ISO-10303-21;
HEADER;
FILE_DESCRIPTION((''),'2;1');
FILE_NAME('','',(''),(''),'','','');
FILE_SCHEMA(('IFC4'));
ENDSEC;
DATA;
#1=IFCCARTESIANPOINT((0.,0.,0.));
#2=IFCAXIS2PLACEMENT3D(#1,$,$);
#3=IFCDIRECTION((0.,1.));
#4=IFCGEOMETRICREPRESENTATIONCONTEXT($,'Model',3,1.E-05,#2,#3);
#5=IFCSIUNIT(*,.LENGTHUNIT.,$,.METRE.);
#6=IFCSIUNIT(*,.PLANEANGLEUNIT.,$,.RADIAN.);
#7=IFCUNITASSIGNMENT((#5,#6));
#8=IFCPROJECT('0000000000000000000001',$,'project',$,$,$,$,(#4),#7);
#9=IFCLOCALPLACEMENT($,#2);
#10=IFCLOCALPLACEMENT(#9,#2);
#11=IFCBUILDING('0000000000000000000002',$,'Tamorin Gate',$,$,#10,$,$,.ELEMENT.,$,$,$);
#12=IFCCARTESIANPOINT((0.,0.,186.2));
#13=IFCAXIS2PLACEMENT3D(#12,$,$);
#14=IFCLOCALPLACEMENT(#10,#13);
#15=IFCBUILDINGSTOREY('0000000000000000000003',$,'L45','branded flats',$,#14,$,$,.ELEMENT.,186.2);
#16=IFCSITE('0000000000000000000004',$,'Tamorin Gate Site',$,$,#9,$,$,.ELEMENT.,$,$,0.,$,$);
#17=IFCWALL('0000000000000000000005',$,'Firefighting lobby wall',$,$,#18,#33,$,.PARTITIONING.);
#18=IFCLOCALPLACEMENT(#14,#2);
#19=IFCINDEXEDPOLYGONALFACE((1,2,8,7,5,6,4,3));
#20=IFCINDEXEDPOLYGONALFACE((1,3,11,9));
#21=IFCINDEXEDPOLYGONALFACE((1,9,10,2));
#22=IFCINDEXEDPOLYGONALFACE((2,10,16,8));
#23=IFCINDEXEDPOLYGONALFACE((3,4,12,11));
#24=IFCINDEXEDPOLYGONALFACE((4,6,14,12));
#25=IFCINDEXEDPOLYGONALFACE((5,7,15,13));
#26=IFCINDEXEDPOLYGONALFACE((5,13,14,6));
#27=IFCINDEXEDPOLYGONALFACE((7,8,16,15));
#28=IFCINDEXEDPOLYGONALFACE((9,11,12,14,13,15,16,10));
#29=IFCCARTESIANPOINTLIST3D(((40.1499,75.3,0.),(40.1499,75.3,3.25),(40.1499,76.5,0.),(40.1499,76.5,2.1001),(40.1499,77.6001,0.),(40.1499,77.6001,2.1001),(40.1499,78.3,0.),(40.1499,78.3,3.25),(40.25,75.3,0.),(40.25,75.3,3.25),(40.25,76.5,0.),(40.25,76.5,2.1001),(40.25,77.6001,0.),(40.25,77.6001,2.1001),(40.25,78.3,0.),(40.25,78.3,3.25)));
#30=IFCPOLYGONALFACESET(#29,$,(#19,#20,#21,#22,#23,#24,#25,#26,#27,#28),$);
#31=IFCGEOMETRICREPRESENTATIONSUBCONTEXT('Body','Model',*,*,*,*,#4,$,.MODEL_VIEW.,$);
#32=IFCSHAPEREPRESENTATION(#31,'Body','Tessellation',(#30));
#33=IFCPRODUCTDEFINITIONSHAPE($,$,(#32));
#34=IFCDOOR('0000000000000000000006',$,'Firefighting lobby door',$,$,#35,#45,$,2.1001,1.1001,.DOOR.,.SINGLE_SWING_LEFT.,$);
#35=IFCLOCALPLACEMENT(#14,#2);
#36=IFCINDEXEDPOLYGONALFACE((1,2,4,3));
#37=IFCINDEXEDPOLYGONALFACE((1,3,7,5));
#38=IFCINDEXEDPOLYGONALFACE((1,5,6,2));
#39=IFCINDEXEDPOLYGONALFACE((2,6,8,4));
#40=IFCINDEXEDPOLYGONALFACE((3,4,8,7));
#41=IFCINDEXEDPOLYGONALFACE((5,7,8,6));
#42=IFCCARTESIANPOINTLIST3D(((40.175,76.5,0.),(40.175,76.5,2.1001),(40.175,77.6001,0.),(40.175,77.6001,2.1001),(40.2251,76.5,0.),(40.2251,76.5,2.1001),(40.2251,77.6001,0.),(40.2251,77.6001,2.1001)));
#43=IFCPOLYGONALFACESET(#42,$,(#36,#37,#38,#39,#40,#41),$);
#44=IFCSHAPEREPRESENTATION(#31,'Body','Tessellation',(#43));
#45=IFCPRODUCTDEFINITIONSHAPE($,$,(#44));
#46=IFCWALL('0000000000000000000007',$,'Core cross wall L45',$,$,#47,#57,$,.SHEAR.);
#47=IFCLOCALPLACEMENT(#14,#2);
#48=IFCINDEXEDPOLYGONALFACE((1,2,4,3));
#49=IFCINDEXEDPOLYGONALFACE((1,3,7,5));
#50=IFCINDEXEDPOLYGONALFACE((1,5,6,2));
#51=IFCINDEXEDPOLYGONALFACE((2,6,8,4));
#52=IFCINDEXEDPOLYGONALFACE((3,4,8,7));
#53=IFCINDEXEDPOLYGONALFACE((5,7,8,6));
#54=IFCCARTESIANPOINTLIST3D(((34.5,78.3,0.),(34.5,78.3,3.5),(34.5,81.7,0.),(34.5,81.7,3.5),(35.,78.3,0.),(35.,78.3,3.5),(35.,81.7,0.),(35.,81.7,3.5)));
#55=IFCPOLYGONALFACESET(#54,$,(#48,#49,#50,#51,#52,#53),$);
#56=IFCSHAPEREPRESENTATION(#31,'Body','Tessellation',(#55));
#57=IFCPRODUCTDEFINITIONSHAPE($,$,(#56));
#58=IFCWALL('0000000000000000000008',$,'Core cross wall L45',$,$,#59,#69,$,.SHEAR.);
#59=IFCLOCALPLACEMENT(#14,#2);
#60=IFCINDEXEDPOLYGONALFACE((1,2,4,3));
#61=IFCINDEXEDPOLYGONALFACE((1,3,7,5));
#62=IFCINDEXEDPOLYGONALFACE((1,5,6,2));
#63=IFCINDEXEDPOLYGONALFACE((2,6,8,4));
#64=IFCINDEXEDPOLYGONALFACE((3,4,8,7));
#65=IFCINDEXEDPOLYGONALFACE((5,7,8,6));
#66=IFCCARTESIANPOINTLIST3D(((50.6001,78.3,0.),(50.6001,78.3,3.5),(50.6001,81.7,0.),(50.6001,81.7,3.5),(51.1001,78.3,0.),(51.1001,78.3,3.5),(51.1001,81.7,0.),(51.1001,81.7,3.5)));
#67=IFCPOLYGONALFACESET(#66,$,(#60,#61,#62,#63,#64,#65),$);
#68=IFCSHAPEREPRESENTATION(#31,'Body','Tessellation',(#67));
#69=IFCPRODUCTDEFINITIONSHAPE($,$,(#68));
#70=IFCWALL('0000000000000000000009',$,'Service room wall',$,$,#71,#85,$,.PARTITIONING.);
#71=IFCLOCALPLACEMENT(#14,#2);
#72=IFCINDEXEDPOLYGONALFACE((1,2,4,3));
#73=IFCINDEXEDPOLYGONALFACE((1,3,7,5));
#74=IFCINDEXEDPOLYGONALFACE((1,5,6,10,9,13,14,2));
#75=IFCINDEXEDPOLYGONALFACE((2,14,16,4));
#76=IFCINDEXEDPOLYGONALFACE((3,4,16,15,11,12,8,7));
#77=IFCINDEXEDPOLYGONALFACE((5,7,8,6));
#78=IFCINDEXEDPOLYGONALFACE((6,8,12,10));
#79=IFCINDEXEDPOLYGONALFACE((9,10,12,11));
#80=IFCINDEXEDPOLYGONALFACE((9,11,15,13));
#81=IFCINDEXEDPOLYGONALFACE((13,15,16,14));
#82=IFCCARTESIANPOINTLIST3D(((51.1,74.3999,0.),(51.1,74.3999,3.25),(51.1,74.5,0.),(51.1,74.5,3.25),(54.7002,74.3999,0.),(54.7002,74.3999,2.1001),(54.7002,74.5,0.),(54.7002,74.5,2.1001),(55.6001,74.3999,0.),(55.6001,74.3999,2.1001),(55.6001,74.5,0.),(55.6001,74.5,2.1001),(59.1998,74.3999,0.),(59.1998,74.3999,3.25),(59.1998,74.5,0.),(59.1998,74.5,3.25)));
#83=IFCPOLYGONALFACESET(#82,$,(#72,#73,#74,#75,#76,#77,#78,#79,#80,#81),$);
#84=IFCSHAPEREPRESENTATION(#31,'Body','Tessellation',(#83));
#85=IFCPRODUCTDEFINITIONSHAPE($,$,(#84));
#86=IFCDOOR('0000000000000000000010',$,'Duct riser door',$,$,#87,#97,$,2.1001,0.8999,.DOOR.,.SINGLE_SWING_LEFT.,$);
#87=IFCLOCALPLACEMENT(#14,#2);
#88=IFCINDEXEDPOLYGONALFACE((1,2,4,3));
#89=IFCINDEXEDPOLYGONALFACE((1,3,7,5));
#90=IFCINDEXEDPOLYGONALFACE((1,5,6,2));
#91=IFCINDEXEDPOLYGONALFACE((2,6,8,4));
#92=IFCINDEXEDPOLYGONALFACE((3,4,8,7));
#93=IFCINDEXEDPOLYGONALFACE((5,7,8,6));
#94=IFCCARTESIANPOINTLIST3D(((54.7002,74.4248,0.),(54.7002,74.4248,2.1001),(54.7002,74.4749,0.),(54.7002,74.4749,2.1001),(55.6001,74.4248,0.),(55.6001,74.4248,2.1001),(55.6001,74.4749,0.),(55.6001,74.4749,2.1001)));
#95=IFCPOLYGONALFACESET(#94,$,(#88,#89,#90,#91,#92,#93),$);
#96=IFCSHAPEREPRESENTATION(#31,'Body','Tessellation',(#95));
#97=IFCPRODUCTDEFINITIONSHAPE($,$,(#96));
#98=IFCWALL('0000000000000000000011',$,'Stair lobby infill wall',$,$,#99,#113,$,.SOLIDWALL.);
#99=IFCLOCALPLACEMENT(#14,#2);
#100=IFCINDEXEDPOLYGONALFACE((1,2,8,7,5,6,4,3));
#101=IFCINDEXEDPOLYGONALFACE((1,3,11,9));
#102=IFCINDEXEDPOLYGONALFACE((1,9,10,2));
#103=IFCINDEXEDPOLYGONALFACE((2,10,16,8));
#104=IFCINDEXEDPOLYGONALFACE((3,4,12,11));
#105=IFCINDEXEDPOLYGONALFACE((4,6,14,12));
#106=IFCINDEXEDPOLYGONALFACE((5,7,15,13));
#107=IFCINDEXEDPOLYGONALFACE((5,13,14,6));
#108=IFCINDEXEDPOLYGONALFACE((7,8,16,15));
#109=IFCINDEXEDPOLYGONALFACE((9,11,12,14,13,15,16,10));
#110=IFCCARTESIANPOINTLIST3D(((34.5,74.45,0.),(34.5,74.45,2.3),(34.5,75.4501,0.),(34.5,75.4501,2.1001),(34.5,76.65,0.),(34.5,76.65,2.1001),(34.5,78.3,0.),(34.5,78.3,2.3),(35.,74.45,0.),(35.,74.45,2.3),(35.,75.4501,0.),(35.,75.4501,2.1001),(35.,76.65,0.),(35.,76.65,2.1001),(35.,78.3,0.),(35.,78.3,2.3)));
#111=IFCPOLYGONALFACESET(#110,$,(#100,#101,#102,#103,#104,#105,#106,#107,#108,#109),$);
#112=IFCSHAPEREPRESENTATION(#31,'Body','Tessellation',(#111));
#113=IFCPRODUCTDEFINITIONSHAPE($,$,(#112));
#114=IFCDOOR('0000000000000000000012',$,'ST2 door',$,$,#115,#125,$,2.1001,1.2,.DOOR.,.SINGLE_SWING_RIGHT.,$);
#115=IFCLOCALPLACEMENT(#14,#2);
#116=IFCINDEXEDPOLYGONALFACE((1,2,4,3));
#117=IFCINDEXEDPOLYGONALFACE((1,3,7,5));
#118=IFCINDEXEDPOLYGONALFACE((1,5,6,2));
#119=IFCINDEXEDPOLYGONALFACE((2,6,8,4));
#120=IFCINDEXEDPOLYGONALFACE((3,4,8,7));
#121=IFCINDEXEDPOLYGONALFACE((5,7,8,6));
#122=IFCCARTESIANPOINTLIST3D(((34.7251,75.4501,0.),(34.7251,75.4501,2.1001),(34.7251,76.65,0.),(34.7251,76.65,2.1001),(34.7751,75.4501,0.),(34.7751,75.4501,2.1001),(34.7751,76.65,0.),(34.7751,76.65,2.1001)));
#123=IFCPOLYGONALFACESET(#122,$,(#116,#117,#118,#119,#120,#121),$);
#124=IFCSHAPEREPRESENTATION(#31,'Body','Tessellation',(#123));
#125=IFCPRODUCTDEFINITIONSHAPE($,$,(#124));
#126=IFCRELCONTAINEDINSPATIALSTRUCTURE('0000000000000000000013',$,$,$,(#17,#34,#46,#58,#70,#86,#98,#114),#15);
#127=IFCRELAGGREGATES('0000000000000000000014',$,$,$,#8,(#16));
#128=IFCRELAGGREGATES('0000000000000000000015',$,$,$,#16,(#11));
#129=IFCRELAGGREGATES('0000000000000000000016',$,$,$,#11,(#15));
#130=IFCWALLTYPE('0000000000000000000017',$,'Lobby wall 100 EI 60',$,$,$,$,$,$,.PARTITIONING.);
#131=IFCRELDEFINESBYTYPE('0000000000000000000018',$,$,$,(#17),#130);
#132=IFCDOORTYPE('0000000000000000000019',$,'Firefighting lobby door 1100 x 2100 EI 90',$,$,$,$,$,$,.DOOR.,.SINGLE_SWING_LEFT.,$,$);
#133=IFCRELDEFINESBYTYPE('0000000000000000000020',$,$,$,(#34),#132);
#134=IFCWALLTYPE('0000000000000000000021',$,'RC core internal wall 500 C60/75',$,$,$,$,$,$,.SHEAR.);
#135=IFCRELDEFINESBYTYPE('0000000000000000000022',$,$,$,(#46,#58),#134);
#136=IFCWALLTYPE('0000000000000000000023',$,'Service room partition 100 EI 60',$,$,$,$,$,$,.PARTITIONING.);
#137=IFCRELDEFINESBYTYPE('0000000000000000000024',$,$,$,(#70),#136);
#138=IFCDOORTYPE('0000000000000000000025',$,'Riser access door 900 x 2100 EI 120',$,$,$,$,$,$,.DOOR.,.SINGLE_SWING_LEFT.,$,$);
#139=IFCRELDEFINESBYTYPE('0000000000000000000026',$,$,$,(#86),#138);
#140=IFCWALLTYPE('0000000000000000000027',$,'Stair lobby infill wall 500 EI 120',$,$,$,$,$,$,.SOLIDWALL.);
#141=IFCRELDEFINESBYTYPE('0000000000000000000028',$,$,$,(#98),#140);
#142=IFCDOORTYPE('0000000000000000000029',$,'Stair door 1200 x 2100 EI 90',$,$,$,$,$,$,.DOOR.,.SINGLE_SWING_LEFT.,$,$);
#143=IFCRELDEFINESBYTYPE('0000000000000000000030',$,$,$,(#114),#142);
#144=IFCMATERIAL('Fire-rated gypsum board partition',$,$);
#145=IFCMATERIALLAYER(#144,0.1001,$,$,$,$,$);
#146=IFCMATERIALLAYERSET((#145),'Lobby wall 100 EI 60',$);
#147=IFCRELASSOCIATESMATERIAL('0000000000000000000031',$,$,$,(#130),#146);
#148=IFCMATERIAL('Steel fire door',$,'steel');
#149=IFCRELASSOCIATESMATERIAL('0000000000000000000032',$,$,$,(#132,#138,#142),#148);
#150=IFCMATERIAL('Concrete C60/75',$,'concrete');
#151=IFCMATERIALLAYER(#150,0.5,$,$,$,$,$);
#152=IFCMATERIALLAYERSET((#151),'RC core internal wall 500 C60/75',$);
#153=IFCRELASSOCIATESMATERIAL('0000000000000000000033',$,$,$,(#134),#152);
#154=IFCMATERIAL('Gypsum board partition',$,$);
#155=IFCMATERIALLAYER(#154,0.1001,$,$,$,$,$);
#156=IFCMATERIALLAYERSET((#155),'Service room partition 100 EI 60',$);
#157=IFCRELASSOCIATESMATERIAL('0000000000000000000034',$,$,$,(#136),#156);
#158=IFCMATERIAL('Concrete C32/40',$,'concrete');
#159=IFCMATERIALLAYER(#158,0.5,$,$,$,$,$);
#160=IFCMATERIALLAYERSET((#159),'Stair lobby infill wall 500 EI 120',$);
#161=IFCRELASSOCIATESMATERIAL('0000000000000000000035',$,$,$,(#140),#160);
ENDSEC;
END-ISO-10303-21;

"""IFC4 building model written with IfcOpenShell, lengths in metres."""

from ifc_helpers import new_model, si_unit, direction, frame, frame_2d, origin, place, context, subcontext, project, spatial, rectangle, extrude, material, layer, layer_set, type_object, element, fill, save


model = new_model("IFC4")

# Units and contexts
model_context = context("Model", 3, precision=1e-05, world=origin(), true_north=direction((0.0, 1.0)))
body_context = subcontext(model_context, "Body", "Model", "MODEL_VIEW")
ifc_project = project(units=[si_unit("LENGTHUNIT", "METRE"), si_unit("PLANEANGLEUNIT", "RADIAN")], contexts=[model_context])

# Site, building, storey
site_placement = place(None, origin())
site = spatial("IfcSite", under=ifc_project, at=site_placement, Name="Tamorin Gate Site", CompositionType="ELEMENT", RefElevation=0.0)
building_placement = place(site_placement, origin())
building = spatial("IfcBuilding", under=site, at=building_placement, Name="Tamorin Gate", CompositionType="ELEMENT")
storey_placement = place(building_placement, frame((0.0, 0.0, 186.2)))
storey = spatial("IfcBuildingStorey", under=building, at=storey_placement, Name="L45", Description="branded flats", CompositionType="ELEMENT", Elevation=186.2)

# Shared definitions
ifc_material_1 = material(Name="Concrete C60/75", Category="concrete")

# Shared definitions
ifc_material_2 = material(Name="Concrete C32/40", Category="concrete")

# Shared definitions
ifc_material_3 = material(Name="Fire-rated gypsum board partition")
ifc_layer_1 = layer(ifc_material_3, 0.1001)
ifc_layer_set_1 = layer_set([ifc_layer_1], Name="Lobby wall 100 EI 60")
wall_type_1 = type_object("IfcWallType", Name="Lobby wall 100 EI 60", PredefinedType="PARTITIONING", material=ifc_layer_set_1)

# Wall, opening, door
wall_1_placement = place(storey_placement, frame((40.2, 75.3, 0.0), z_axis=(0.0, 0.0, 1.0), x_axis=(0.0, 1.0, 0.0)))
wall_1 = element("IfcWall", 1, at=wall_1_placement, inside=storey, type_object=wall_type_1, Name="Firefighting lobby wall", PredefinedType="PARTITIONING", context=body_context, shape_type="SweptSolid", body=[
    extrude(rectangle(XDim=3.0, YDim=0.1001, at=frame_2d((1.5, 0.0))), origin(), (0.0, 0.0, 1.0), 3.25),
])
opening_1_placement = place(wall_1_placement, frame((1.2, 0.0, 0.0)))
opening_1 = element("IfcOpeningElement", 2, at=opening_1_placement, cuts=wall_1, PredefinedType="OPENING", context=body_context, shape_type="SweptSolid", body=[
    extrude(rectangle(XDim=1.1001, YDim=2.1001, at=frame_2d((0.55, 1.05))), frame((0.0, 0.0601, 0.0), z_axis=(0.0, -1.0, 0.0), x_axis=(1.0, 0.0, 0.0)), (0.0, 0.0, 1.0), 0.1201),
])
ifc_material_4 = material(Name="Steel fire door", Category="steel")
door_type_1 = type_object("IfcDoorType", Name="Firefighting lobby door 1100 x 2100 EI 90", OperationType="SINGLE_SWING_LEFT", PredefinedType="DOOR", material=ifc_material_4)
door_1_placement = place(opening_1_placement, origin())
door_1 = element("IfcDoor", 3, at=door_1_placement, inside=storey, type_object=door_type_1, Name="Firefighting lobby door", OperationType="SINGLE_SWING_LEFT", OverallHeight=2.1001, OverallWidth=1.1001, PredefinedType="DOOR", context=body_context, shape_type="SweptSolid", body=[
    extrude(rectangle(XDim=1.1001, YDim=2.1001, at=frame_2d((0.55, 1.05))), frame((0.0, 0.0249, 0.0), z_axis=(0.0, -1.0, 0.0), x_axis=(1.0, 0.0, 0.0)), (0.0, 0.0, 1.0), 0.05),
])
fill(opening_1, door_1)

# Walls
ifc_layer_2 = layer(ifc_material_1, 0.5)
ifc_layer_set_2 = layer_set([ifc_layer_2], Name="RC core internal wall 500 C60/75")
wall_type_2 = type_object("IfcWallType", Name="RC core internal wall 500 C60/75", PredefinedType="SHEAR", material=ifc_layer_set_2)
for number, where, z_axis, x_axis, name in (
    (4, (34.75, 78.3, 0.0), (0.0, 0.0, 1.0), (0.0, 1.0, 0.0), "Core cross wall L45"),
    (5, (50.8501, 78.3, 0.0), (0.0, 0.0, 1.0), (0.0, 1.0, 0.0), "Core cross wall L45"),
):
    element("IfcWall", number, at=place(storey_placement, frame(where, z_axis=z_axis, x_axis=x_axis)), inside=storey, type_object=wall_type_2, Name=name, PredefinedType="SHEAR", context=body_context, shape_type="SweptSolid", body=[
        extrude(rectangle(XDim=3.3999, YDim=0.5, at=frame_2d((1.7, 0.0))), origin(), (0.0, 0.0, 1.0), 3.5),
    ])

# Walls, openings, doors
ifc_material_5 = material(Name="Gypsum board partition")
ifc_layer_3 = layer(ifc_material_5, 0.1001)
ifc_layer_set_3 = layer_set([ifc_layer_3], Name="Service room partition 100 EI 60")
wall_type_3 = type_object("IfcWallType", Name="Service room partition 100 EI 60", PredefinedType="PARTITIONING", material=ifc_layer_set_3)
wall_2_placement = place(storey_placement, frame((51.1001, 74.45, 0.0), z_axis=(0.0, 0.0, 1.0), x_axis=(1.0, 0.0, 0.0)))
wall_2 = element("IfcWall", 6, at=wall_2_placement, inside=storey, type_object=wall_type_3, Name="Service room wall", PredefinedType="PARTITIONING", context=body_context, shape_type="SweptSolid", body=[
    extrude(rectangle(XDim=8.0999, YDim=0.1001, at=frame_2d((4.0498, 0.0))), origin(), (0.0, 0.0, 1.0), 3.25),
])
opening_2_placement = place(wall_2_placement, frame((3.6001, 0.0, 0.0)))
opening_2 = element("IfcOpeningElement", 7, at=opening_2_placement, cuts=wall_2, PredefinedType="OPENING", context=body_context, shape_type="SweptSolid", body=[
    extrude(rectangle(XDim=0.8999, YDim=2.1001, at=frame_2d((0.45, 1.05))), frame((0.0, 0.0601, 0.0), z_axis=(0.0, -1.0, 0.0), x_axis=(1.0, 0.0, 0.0)), (0.0, 0.0, 1.0), 0.1201),
])
door_type_2 = type_object("IfcDoorType", Name="Riser access door 900 x 2100 EI 120", OperationType="SINGLE_SWING_LEFT", PredefinedType="DOOR", material=ifc_material_4)
door_2_placement = place(opening_2_placement, origin())
door_2 = element("IfcDoor", 8, at=door_2_placement, inside=storey, type_object=door_type_2, Name="Duct riser door", OperationType="SINGLE_SWING_LEFT", OverallHeight=2.1001, OverallWidth=0.8999, PredefinedType="DOOR", context=body_context, shape_type="SweptSolid", body=[
    extrude(rectangle(XDim=0.8999, YDim=2.1001, at=frame_2d((0.45, 1.05))), frame((0.0, 0.0249, 0.0), z_axis=(0.0, -1.0, 0.0), x_axis=(1.0, 0.0, 0.0)), (0.0, 0.0, 1.0), 0.05),
])
fill(opening_2, door_2)
ifc_layer_4 = layer(ifc_material_2, 0.5)
ifc_layer_set_4 = layer_set([ifc_layer_4], Name="Stair lobby infill wall 500 EI 120")
wall_type_4 = type_object("IfcWallType", Name="Stair lobby infill wall 500 EI 120", PredefinedType="SOLIDWALL", material=ifc_layer_set_4)
wall_3_placement = place(storey_placement, frame((34.75, 74.45, 0.0), z_axis=(0.0, 0.0, 1.0), x_axis=(0.0, 1.0, 0.0)))
wall_3 = element("IfcWall", 9, at=wall_3_placement, inside=storey, type_object=wall_type_4, Name="Stair lobby infill wall", PredefinedType="SOLIDWALL", context=body_context, shape_type="SweptSolid", body=[
    extrude(rectangle(XDim=3.8501, YDim=0.5, at=frame_2d((1.925, 0.0))), origin(), (0.0, 0.0, 1.0), 2.3),
])
opening_3_placement = place(wall_3_placement, frame((1.0, 0.0, 0.0)))
opening_3 = element("IfcOpeningElement", 10, at=opening_3_placement, cuts=wall_3, PredefinedType="OPENING", context=body_context, shape_type="SweptSolid", body=[
    extrude(rectangle(XDim=1.2, YDim=2.1001, at=frame_2d((0.6001, 1.05))), frame((0.0, 0.26, 0.0), z_axis=(0.0, -1.0, 0.0), x_axis=(1.0, 0.0, 0.0)), (0.0, 0.0, 1.0), 0.52),
])
door_type_3 = type_object("IfcDoorType", Name="Stair door 1200 x 2100 EI 90", OperationType="SINGLE_SWING_LEFT", PredefinedType="DOOR", material=ifc_material_4)
door_3_placement = place(opening_3_placement, origin())
door_3 = element("IfcDoor", 11, at=door_3_placement, inside=storey, type_object=door_type_3, Name="ST2 door", OperationType="SINGLE_SWING_RIGHT", OverallHeight=2.1001, OverallWidth=1.2, PredefinedType="DOOR", context=body_context, shape_type="SweptSolid", body=[
    extrude(rectangle(XDim=1.2, YDim=2.1001, at=frame_2d((0.6001, 1.05))), frame((0.0, 0.0249, 0.0), z_axis=(0.0, -1.0, 0.0), x_axis=(1.0, 0.0, 0.0)), (0.0, 0.0, 1.0), 0.05),
])
fill(opening_3, door_3)

save(model, "model.ifc")
